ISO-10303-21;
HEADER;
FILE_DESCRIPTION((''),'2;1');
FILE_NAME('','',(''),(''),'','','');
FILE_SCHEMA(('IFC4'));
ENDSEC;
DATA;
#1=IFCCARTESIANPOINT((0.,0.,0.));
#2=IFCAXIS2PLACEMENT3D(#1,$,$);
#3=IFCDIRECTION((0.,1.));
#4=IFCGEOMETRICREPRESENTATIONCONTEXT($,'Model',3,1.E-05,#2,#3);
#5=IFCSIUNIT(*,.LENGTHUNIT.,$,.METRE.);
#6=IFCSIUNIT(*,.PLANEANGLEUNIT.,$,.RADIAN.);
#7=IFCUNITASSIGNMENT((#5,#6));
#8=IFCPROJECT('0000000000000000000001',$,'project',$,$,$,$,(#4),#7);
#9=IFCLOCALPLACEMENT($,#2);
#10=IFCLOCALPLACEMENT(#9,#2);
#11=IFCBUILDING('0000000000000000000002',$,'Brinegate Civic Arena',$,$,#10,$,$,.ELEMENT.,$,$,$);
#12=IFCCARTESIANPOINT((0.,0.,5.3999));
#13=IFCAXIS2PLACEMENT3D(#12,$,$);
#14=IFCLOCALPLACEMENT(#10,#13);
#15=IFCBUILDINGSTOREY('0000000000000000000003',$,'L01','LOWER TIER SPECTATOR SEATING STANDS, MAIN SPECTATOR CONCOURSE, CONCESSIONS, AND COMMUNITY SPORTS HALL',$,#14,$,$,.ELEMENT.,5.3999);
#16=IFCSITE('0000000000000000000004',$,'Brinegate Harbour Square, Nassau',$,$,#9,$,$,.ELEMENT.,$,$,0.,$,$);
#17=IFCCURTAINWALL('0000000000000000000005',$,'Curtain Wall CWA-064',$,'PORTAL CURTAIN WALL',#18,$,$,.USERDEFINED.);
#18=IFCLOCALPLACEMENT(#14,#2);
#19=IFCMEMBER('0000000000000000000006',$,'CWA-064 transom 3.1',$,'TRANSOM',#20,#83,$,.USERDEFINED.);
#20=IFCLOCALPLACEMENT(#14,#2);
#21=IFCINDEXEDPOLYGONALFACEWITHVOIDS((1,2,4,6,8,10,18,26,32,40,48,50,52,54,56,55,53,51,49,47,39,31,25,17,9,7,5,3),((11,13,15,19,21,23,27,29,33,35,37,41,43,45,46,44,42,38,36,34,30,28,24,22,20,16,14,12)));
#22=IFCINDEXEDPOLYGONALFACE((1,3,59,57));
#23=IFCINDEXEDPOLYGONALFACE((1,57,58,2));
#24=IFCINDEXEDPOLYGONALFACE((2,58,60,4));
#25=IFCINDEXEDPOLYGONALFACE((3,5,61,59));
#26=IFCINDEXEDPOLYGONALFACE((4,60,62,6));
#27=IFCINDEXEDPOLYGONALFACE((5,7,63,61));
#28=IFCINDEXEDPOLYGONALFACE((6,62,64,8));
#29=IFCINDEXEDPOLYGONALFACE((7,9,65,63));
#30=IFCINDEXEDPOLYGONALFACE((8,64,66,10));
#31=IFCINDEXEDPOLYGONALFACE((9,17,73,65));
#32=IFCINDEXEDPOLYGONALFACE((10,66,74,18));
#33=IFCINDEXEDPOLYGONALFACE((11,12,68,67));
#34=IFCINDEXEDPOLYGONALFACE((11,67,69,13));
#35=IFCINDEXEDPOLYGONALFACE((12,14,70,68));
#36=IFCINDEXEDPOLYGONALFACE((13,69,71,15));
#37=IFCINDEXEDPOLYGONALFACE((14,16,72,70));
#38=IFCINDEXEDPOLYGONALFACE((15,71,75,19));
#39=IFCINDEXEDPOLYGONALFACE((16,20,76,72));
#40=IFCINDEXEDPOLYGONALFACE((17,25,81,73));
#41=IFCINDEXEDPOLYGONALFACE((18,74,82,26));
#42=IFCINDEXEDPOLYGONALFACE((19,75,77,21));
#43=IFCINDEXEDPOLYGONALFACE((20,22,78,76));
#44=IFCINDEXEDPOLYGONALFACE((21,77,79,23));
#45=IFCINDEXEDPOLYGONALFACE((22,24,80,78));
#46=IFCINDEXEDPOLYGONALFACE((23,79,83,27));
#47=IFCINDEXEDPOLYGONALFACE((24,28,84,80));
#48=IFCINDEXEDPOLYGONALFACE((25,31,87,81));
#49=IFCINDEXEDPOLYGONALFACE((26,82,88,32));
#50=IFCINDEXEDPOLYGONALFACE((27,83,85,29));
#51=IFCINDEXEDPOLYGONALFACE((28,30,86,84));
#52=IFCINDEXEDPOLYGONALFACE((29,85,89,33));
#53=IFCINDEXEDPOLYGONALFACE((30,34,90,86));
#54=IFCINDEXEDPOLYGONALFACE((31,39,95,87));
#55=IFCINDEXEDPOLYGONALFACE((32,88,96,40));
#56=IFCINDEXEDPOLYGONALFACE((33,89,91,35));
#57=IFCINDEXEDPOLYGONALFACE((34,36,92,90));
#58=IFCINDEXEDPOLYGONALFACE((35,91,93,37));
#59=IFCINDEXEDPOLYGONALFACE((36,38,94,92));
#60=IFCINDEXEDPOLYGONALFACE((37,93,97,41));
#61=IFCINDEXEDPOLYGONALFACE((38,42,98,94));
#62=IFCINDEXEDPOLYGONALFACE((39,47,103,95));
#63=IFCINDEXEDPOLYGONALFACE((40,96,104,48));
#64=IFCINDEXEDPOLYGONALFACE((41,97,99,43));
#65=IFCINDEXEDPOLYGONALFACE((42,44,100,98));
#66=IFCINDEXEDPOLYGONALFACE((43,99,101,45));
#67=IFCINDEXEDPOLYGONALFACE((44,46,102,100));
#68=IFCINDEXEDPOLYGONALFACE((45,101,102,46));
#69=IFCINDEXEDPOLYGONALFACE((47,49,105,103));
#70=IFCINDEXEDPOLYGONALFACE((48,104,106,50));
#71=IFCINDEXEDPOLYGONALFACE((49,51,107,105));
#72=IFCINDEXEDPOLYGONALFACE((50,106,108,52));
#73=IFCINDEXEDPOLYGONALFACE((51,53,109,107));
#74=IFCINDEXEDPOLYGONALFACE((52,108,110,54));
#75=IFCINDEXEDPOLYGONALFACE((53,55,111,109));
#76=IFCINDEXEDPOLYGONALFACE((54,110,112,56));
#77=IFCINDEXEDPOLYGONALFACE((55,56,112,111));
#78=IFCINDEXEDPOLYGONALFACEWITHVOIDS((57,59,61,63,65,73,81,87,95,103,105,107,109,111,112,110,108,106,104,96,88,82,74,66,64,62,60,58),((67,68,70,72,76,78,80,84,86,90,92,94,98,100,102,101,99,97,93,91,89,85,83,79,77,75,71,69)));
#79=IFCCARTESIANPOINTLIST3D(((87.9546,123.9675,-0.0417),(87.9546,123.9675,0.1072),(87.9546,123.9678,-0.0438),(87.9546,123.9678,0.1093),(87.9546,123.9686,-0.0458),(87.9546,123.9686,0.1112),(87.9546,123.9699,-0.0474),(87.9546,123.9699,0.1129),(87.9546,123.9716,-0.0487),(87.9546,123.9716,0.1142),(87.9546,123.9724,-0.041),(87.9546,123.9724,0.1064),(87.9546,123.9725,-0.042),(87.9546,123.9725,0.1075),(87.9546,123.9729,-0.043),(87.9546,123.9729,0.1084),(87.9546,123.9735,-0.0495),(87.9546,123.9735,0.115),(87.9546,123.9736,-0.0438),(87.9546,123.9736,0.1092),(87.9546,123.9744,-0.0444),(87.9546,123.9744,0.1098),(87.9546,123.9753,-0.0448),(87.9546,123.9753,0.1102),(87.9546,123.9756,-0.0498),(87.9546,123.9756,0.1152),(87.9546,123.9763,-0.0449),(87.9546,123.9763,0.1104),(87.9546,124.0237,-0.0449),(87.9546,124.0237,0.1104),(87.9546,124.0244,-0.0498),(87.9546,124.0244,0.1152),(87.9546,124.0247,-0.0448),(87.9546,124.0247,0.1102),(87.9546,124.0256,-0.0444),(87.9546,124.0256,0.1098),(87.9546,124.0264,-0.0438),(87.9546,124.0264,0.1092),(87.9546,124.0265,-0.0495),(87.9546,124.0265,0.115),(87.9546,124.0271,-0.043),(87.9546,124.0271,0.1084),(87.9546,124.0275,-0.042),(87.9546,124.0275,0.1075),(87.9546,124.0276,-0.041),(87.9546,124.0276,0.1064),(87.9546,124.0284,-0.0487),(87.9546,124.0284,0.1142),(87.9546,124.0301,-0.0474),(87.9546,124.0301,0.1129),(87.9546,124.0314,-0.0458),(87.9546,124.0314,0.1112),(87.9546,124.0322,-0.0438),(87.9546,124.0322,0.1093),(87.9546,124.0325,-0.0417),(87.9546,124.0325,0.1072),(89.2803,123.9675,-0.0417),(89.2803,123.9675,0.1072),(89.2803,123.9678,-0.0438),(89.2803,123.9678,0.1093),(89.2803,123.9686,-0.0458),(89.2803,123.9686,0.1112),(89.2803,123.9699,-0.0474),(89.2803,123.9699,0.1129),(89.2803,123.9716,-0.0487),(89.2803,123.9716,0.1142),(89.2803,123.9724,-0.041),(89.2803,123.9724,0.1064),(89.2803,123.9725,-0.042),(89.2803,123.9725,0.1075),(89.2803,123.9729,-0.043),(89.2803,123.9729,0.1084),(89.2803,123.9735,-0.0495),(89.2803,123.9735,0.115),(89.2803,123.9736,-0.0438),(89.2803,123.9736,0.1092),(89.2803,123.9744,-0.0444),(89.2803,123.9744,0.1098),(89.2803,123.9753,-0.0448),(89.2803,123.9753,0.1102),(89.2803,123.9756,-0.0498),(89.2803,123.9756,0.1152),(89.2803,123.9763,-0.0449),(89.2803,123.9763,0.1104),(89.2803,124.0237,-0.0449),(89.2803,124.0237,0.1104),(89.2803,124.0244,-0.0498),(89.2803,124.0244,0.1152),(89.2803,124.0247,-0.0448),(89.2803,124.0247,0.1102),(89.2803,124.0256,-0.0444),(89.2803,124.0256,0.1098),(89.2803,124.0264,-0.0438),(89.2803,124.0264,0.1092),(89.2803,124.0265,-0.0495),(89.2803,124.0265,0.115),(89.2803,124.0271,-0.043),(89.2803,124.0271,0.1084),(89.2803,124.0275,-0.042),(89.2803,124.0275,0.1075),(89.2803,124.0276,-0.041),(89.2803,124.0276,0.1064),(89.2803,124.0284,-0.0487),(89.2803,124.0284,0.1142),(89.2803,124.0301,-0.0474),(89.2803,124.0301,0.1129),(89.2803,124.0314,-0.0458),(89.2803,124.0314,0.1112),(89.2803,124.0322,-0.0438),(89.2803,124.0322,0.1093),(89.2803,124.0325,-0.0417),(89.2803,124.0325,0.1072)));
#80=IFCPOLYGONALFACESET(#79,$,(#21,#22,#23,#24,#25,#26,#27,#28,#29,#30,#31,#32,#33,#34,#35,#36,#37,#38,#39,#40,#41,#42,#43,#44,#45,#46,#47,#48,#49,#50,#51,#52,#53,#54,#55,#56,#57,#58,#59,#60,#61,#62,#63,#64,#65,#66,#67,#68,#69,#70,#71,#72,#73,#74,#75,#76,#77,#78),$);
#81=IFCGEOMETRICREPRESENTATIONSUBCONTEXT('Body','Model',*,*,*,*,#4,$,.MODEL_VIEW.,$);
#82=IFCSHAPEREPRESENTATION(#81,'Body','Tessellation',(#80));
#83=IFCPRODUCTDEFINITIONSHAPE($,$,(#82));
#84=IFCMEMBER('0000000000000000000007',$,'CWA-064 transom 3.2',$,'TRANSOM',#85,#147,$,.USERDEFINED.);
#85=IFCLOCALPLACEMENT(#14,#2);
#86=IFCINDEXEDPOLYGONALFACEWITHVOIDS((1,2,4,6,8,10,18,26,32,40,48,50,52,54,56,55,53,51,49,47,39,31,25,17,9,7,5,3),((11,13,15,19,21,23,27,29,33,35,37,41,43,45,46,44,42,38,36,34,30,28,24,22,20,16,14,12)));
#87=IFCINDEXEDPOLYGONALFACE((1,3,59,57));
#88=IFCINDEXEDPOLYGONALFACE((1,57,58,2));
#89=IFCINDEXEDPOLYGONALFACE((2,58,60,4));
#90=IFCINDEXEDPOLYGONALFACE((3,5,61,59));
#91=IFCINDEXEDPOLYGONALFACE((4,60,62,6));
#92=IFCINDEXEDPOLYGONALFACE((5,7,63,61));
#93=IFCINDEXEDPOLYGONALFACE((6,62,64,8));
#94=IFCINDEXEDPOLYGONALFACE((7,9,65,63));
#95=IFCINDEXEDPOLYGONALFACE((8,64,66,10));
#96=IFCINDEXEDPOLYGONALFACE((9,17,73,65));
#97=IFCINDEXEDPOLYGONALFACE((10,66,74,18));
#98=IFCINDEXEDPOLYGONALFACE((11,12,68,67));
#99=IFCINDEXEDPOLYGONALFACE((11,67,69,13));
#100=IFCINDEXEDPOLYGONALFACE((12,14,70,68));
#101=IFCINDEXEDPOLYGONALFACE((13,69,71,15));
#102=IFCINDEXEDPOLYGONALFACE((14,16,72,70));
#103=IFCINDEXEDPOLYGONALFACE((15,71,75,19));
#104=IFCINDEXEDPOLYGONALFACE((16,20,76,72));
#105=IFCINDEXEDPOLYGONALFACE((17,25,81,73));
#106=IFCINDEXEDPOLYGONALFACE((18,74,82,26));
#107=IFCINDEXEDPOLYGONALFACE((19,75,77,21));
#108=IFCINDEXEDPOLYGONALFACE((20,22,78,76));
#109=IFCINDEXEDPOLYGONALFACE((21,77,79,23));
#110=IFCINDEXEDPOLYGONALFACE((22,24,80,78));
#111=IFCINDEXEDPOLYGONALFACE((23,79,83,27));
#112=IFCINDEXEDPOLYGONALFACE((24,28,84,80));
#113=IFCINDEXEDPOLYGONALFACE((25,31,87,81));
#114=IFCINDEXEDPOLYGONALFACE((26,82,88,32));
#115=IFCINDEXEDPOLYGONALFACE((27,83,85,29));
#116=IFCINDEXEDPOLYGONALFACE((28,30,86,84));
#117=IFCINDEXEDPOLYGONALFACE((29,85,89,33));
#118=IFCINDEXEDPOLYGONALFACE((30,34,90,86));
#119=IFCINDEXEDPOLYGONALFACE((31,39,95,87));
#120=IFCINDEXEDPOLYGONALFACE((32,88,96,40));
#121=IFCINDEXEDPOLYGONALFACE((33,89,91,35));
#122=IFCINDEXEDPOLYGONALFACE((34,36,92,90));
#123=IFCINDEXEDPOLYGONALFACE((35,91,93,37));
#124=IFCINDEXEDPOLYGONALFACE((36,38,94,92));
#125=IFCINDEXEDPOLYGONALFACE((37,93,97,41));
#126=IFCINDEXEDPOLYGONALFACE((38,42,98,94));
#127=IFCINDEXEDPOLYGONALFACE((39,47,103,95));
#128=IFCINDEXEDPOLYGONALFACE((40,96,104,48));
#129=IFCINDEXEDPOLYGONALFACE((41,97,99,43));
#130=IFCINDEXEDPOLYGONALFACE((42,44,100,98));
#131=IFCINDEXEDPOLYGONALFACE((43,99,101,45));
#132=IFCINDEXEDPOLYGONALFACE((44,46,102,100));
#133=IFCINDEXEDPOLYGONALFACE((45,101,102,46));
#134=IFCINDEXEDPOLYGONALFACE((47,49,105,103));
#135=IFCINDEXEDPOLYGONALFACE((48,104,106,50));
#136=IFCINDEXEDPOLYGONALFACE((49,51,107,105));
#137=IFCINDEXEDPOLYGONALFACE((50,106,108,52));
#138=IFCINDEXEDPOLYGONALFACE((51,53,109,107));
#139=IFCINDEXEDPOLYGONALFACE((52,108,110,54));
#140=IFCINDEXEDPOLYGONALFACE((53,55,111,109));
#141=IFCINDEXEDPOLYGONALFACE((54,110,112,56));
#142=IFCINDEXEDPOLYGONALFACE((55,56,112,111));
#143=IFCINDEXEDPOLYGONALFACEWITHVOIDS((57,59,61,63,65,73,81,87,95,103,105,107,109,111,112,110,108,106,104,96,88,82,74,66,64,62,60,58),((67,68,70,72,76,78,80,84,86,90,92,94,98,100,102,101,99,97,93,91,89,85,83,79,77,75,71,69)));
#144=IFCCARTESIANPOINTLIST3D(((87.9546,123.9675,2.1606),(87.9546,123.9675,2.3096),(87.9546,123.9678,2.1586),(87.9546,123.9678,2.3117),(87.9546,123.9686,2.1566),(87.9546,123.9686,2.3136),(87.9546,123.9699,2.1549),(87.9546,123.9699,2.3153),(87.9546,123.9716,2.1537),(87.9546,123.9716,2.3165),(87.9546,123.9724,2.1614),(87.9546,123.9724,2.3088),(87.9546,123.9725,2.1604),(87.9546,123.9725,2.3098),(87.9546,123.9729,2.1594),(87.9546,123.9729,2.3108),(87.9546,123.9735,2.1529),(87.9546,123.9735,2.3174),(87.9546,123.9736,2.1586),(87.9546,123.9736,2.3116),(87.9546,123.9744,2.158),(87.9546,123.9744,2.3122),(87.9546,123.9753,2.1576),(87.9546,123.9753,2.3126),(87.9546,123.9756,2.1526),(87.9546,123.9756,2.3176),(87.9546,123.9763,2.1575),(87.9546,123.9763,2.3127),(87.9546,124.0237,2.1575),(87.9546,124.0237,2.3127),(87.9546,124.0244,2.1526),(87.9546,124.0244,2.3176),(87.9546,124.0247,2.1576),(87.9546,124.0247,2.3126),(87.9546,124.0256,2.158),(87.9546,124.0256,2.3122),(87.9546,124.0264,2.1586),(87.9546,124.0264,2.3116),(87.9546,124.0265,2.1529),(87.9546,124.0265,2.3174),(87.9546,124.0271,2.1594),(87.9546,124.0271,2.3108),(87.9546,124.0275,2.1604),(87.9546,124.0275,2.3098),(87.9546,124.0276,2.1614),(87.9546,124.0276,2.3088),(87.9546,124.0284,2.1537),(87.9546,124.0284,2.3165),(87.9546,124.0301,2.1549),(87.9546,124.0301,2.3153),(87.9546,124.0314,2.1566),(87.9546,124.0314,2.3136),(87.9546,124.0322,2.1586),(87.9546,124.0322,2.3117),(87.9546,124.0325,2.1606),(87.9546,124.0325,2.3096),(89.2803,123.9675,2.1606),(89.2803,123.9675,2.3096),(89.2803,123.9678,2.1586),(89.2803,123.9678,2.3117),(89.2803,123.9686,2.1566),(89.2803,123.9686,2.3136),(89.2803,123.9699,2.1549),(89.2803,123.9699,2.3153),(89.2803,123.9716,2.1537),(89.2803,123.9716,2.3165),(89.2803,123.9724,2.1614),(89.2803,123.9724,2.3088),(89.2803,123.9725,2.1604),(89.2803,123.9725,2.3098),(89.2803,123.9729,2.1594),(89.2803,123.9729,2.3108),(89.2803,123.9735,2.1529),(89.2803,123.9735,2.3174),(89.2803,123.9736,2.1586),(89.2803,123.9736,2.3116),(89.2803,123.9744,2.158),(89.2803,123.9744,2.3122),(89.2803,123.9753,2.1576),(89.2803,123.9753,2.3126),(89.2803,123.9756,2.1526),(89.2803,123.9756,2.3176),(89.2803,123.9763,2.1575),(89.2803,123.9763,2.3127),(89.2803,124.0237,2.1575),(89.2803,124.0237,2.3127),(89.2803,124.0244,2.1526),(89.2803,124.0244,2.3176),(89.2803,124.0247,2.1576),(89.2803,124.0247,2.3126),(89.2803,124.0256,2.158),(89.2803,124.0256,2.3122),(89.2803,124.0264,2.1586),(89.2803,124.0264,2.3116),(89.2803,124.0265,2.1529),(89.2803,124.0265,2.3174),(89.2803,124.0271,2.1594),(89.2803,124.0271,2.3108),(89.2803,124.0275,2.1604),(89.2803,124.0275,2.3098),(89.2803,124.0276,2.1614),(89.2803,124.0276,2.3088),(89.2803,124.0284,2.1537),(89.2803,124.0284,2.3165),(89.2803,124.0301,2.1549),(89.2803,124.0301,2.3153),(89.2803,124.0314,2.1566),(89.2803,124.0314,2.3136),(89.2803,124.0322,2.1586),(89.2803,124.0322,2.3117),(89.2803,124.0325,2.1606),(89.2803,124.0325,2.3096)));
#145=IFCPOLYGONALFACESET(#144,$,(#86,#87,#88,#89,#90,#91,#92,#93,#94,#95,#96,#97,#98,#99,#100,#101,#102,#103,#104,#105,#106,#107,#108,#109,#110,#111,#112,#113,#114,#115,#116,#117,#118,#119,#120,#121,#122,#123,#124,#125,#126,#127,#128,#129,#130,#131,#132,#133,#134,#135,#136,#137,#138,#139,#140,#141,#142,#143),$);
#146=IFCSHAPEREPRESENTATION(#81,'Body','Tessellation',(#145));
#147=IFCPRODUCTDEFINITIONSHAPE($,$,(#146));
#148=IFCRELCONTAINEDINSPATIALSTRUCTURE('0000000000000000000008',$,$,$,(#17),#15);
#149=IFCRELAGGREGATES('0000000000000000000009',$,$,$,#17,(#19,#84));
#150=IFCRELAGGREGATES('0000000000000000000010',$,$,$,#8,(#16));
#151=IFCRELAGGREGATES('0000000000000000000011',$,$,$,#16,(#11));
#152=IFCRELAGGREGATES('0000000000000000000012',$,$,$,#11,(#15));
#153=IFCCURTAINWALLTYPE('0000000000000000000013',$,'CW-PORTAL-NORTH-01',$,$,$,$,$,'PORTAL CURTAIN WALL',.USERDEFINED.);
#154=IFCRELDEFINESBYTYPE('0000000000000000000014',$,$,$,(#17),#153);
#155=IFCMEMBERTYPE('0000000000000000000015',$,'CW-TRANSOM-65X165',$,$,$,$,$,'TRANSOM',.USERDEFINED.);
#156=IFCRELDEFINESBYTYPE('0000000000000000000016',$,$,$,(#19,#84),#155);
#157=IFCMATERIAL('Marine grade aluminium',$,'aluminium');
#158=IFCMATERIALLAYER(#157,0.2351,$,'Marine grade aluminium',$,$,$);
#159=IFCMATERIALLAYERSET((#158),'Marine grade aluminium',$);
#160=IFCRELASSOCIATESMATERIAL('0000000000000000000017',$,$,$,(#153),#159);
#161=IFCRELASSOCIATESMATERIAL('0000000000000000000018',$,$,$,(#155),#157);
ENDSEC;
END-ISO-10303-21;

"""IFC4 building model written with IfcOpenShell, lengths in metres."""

from ifc_helpers import new_model, si_unit, direction, frame, origin, origin_2d, place, context, subcontext, project, spatial, hollow_rectangle, extrude, material, layer, layer_set, material_profile, profile_set, type_object, element, aggregate, save


model = new_model("IFC4")

# Units and contexts
model_context = context("Model", 3, precision=1e-05, world=origin(), true_north=direction((0.0, 1.0)))
body_context = subcontext(model_context, "Body", "Model", "MODEL_VIEW")
ifc_project = project(units=[si_unit("LENGTHUNIT", "METRE"), si_unit("PLANEANGLEUNIT", "RADIAN")], contexts=[model_context])

# Site, building, storey
site_placement = place(None, origin())
site = spatial("IfcSite", under=ifc_project, at=site_placement, Name="Brinegate Harbour Square, Nassau", CompositionType="ELEMENT", RefElevation=0.0)
building_placement = place(site_placement, origin())
building = spatial("IfcBuilding", under=site, at=building_placement, Name="Brinegate Civic Arena", CompositionType="ELEMENT")
storey_placement = place(building_placement, frame((0.0, 0.0, 5.3999)))
storey = spatial("IfcBuildingStorey", under=building, at=storey_placement, Name="L01", Description="LOWER TIER SPECTATOR SEATING STANDS, MAIN SPECTATOR CONCOURSE, CONCESSIONS, AND COMMUNITY SPORTS HALL", CompositionType="ELEMENT", Elevation=5.3999)

# Curtain wall, members
ifc_material_1 = material(Name="Marine grade aluminium", Category="aluminium")
ifc_layer_1 = layer(ifc_material_1, 0.2351, Name="Marine grade aluminium")
ifc_layer_set_1 = layer_set([ifc_layer_1], Name="Marine grade aluminium")
curtain_wall_type = type_object("IfcCurtainWallType", Name="CW-PORTAL-NORTH-01", ElementType="PORTAL CURTAIN WALL", PredefinedType="USERDEFINED", material=ifc_layer_set_1)
curtain_wall_placement = place(storey_placement, origin())
curtain_wall = element("IfcCurtainWall", 1, at=curtain_wall_placement, inside=storey, type_object=curtain_wall_type, Name="Curtain Wall CWA-064", ObjectType="PORTAL CURTAIN WALL", PredefinedType="USERDEFINED")
ifc_material_profile_1 = material_profile(ifc_material_1, hollow_rectangle(XDim=0.0649, YDim=0.165, WallThickness=0.0049, InnerFilletRadius=0.0039, OuterFilletRadius=0.0081, at=origin_2d()), Name="TRN65X165")
ifc_profile_set_1 = profile_set([ifc_material_profile_1], Name="Marine grade aluminium")
member_type_1 = type_object("IfcMemberType", Name="CW-TRANSOM-65X165", ElementType="TRANSOM", PredefinedType="USERDEFINED", material=ifc_profile_set_1)
member_1_placement = place(storey_placement, frame((87.9546, 124.0, 0.0327), z_axis=(1.0, 0.0, 0.0), x_axis=(0.0, 1.0, 0.0)))
member_1 = element("IfcMember", 2, at=member_1_placement, type_object=member_type_1, Name="CWA-064 transom 3.1", ObjectType="TRANSOM", PredefinedType="USERDEFINED", context=body_context, shape_type="SweptSolid", body=[
    extrude(hollow_rectangle(XDim=0.0649, YDim=0.165, WallThickness=0.0049, InnerFilletRadius=0.0039, OuterFilletRadius=0.0081, at=origin_2d()), origin(), (0.0, 0.0, 1.0), 1.3257),
])
member_2_placement = place(storey_placement, frame((87.9546, 124.0, 2.2351), z_axis=(1.0, 0.0, 0.0), x_axis=(0.0, 1.0, 0.0)))
member_2 = element("IfcMember", 3, at=member_2_placement, type_object=member_type_1, Name="CWA-064 transom 3.2", ObjectType="TRANSOM", PredefinedType="USERDEFINED", context=body_context, shape_type="SweptSolid", body=[
    extrude(hollow_rectangle(XDim=0.0649, YDim=0.165, WallThickness=0.0049, InnerFilletRadius=0.0039, OuterFilletRadius=0.0081, at=origin_2d()), origin(), (0.0, 0.0, 1.0), 1.3257),
])

aggregate(curtain_wall, [member_1, member_2])

save(model, "model.ifc")
